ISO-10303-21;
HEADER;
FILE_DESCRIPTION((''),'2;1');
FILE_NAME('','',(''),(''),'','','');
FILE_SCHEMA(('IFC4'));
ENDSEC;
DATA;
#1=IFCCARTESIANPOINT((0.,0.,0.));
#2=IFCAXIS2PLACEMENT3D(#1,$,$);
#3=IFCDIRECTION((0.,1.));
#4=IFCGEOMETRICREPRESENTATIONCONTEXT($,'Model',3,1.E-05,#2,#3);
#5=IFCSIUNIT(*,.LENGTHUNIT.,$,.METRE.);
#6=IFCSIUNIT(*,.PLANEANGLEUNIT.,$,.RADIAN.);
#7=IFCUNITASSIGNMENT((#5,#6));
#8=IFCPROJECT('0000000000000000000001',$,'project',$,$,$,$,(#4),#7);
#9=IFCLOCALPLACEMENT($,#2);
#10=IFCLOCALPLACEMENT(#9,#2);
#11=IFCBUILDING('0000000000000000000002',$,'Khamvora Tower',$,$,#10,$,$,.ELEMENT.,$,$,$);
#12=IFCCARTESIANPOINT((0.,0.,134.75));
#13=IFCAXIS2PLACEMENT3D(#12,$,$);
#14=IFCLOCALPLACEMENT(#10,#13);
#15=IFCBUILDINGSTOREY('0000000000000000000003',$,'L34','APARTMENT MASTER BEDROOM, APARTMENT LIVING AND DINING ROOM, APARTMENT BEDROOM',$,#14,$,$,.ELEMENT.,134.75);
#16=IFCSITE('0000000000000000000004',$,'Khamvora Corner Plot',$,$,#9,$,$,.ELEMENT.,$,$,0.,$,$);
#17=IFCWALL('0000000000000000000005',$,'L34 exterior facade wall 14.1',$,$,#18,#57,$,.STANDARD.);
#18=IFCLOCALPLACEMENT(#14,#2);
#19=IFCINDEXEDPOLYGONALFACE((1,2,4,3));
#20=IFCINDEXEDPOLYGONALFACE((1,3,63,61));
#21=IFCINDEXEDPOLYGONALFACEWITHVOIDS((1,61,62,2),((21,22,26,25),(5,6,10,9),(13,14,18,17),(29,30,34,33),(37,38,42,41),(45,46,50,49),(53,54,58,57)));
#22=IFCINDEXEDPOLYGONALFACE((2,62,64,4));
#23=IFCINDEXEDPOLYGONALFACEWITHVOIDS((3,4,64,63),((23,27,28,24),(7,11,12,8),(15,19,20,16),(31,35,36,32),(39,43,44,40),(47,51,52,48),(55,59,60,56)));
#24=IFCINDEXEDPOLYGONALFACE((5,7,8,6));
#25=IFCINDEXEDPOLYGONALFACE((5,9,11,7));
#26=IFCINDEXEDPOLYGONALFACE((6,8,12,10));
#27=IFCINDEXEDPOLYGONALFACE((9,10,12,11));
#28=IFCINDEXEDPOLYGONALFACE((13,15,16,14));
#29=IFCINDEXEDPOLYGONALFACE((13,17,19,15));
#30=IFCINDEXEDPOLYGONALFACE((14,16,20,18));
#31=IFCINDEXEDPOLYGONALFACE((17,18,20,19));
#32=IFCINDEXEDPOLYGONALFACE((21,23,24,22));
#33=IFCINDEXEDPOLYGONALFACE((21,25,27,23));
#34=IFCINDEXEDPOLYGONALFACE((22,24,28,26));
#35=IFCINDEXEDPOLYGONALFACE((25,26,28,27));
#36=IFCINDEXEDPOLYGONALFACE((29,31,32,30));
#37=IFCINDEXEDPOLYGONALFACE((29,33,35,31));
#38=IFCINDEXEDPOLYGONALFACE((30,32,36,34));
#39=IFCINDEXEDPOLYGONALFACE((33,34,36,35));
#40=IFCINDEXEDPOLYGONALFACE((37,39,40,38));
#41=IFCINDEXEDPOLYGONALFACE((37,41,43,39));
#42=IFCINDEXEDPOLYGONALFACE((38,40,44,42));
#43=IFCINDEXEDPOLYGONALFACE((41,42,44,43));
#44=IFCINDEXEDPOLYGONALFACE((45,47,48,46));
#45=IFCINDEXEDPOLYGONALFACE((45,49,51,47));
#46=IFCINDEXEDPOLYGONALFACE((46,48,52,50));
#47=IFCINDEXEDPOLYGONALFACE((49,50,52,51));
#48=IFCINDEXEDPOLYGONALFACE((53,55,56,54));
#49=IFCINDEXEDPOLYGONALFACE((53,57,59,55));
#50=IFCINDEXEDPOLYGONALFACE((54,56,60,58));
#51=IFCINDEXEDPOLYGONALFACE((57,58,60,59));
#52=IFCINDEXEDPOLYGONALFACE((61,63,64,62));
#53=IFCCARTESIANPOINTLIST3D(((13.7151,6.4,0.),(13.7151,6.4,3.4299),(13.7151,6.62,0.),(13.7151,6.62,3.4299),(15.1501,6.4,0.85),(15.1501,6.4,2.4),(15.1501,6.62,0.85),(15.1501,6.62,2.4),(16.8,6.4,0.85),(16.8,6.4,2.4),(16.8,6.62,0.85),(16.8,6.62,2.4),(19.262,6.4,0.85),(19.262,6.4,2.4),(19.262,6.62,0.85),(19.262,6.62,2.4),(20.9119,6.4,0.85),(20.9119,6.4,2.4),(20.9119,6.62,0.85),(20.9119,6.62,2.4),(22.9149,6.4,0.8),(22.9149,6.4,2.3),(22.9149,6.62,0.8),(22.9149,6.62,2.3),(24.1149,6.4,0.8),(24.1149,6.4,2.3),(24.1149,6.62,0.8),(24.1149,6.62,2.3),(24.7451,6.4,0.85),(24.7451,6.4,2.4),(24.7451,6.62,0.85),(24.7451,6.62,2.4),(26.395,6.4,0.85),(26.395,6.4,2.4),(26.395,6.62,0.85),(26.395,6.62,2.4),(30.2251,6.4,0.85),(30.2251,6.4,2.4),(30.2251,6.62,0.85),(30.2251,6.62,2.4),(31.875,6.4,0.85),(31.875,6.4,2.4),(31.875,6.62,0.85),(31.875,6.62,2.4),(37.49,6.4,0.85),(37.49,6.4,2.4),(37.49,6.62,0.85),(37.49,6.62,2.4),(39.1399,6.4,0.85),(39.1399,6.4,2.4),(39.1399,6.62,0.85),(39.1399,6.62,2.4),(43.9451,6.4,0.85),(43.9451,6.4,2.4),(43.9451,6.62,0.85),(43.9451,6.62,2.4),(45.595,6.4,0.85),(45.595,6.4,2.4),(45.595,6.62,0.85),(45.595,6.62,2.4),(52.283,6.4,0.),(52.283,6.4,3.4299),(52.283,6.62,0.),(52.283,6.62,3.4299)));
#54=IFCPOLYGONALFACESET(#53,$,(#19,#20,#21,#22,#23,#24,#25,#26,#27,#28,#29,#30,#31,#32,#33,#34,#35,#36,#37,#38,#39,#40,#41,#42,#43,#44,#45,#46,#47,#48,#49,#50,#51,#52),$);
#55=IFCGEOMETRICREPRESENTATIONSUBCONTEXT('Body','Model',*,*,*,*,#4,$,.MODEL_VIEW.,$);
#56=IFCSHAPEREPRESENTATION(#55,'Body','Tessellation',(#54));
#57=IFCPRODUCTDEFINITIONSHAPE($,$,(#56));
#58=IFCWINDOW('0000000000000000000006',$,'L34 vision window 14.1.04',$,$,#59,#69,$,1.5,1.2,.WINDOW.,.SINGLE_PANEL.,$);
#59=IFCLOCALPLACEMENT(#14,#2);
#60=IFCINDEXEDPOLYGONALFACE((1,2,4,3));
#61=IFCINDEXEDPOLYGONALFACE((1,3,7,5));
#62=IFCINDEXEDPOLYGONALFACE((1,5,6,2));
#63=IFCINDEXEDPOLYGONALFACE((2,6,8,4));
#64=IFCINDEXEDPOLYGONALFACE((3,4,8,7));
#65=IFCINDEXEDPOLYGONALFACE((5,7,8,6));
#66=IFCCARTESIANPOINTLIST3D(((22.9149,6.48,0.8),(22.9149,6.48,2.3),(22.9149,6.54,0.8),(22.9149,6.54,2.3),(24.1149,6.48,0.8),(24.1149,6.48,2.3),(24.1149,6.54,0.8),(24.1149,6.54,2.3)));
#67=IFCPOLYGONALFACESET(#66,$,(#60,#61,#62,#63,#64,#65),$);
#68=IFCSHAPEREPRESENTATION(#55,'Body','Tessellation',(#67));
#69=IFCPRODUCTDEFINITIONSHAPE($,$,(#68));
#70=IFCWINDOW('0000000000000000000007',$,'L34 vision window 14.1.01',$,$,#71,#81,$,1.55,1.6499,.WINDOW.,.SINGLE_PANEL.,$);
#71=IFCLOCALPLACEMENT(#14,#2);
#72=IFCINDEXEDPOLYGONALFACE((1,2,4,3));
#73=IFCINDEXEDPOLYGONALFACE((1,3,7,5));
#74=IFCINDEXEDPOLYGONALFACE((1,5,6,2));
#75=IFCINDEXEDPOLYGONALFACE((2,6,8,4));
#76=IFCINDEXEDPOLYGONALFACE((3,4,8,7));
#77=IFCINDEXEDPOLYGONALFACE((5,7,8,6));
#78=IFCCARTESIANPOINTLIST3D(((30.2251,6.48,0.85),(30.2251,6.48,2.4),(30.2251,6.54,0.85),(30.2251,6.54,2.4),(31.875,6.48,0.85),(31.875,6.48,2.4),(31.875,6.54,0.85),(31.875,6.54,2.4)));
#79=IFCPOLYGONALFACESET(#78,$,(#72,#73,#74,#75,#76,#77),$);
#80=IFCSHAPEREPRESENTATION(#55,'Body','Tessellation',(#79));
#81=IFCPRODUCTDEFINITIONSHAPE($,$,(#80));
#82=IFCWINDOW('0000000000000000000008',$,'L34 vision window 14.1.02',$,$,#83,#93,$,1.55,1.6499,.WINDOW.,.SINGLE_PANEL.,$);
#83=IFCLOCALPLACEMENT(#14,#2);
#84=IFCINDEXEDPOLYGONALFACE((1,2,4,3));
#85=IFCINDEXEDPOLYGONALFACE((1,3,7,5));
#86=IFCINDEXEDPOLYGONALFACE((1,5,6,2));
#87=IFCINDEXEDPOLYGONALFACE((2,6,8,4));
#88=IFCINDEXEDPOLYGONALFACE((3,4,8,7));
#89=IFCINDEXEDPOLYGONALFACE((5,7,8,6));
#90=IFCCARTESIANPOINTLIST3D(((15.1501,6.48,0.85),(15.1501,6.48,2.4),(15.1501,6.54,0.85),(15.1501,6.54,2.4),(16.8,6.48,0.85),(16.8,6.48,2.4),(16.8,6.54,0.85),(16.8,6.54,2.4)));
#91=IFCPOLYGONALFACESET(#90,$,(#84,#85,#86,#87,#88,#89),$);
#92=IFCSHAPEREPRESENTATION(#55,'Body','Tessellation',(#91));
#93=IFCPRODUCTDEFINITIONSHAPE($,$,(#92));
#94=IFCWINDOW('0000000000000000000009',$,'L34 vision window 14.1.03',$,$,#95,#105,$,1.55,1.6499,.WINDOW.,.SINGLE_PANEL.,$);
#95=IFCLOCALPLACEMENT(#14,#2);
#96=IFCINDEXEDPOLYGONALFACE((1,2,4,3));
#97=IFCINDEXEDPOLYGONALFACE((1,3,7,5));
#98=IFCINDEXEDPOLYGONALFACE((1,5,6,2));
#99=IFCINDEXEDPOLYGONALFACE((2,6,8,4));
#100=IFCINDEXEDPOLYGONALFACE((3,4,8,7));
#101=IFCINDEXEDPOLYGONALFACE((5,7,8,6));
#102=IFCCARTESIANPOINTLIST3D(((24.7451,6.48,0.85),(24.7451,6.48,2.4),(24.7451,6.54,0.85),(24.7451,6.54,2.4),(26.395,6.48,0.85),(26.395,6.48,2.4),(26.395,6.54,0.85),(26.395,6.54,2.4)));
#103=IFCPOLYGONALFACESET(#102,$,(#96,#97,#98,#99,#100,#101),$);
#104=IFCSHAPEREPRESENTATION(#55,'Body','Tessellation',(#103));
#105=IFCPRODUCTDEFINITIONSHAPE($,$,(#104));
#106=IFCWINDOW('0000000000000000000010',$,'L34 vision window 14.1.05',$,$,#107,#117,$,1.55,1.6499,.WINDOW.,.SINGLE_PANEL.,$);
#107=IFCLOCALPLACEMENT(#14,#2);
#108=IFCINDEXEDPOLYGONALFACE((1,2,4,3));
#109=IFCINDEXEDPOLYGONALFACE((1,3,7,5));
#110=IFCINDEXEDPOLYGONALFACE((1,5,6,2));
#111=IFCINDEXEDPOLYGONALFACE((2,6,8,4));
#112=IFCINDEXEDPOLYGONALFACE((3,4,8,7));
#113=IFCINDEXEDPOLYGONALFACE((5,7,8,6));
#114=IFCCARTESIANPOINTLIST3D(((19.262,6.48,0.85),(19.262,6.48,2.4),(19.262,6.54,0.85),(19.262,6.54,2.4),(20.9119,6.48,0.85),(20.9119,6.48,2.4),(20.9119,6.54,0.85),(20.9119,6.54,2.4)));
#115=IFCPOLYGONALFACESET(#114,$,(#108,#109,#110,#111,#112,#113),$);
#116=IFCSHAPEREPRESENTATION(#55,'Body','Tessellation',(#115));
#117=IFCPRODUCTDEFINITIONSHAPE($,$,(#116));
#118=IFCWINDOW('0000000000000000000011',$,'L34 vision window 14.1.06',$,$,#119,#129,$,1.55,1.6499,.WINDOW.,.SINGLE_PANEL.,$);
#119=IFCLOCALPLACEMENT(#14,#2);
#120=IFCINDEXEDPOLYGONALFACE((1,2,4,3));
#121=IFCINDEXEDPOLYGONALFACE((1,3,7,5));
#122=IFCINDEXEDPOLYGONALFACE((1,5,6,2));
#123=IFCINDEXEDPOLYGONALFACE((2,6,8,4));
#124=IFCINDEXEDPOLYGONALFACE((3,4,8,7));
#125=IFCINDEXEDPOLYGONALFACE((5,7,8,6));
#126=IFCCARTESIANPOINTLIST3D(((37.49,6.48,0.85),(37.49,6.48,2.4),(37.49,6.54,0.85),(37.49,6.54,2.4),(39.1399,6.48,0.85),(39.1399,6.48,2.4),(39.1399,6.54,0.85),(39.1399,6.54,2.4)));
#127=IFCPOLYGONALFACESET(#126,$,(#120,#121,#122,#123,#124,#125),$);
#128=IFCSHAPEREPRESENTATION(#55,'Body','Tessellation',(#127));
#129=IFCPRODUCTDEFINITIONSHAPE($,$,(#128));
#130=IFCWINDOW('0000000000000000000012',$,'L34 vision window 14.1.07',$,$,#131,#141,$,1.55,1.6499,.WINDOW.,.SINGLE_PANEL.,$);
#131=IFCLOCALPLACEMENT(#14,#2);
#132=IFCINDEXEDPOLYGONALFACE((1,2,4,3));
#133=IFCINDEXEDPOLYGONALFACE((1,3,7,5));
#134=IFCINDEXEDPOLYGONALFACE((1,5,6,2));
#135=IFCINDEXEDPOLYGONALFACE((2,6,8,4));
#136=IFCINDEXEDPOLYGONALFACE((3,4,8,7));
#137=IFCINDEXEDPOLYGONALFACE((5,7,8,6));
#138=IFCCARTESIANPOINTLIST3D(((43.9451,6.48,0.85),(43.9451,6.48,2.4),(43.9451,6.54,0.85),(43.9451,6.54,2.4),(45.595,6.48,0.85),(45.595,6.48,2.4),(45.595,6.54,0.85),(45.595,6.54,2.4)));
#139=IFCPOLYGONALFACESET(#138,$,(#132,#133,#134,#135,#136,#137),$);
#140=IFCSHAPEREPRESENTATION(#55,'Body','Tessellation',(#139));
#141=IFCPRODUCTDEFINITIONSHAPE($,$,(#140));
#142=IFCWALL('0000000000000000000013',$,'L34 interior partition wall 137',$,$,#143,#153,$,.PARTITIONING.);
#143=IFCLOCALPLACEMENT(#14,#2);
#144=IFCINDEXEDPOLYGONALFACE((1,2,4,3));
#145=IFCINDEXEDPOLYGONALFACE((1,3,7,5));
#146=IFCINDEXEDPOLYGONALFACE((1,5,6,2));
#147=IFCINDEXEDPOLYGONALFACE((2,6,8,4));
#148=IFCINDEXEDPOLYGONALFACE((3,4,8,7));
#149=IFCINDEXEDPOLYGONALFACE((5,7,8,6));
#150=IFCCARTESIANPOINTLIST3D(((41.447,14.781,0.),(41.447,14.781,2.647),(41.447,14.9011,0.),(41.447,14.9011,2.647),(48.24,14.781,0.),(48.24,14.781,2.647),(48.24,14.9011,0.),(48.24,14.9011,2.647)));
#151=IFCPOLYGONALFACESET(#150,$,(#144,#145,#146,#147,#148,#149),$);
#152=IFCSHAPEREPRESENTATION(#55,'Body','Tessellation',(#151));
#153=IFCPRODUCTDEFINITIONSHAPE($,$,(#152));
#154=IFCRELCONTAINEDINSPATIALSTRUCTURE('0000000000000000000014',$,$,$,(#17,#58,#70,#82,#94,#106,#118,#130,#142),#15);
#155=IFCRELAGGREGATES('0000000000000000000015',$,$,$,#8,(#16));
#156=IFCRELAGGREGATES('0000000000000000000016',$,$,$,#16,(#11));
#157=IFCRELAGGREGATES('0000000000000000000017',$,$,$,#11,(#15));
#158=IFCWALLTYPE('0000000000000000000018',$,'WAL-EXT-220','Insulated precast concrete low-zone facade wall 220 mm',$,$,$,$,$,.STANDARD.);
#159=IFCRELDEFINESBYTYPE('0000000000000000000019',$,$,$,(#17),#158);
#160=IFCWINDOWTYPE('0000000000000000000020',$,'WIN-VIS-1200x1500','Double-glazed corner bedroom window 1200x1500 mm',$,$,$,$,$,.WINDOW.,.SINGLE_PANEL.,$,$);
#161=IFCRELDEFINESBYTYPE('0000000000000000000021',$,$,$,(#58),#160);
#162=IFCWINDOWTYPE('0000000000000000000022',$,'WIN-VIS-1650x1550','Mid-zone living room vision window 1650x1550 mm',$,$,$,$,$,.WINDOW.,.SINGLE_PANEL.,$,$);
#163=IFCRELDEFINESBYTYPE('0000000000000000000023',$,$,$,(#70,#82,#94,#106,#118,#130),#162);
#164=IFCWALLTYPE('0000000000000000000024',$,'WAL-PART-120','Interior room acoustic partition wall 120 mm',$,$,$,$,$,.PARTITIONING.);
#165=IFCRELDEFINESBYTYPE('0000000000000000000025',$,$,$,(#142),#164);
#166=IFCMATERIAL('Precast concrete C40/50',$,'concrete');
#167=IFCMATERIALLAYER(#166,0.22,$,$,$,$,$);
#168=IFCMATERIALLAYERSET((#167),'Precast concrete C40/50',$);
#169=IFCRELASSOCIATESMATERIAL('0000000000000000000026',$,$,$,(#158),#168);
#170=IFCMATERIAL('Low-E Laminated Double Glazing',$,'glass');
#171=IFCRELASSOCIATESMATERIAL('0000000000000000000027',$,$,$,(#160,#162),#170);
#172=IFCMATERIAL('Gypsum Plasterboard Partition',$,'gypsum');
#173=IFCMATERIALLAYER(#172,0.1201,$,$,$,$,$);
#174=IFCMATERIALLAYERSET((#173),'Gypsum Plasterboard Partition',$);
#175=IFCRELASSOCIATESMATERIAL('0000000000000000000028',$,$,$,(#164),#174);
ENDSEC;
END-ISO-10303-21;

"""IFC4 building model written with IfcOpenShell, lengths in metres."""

from ifc_helpers import new_model, si_unit, direction, frame, frame_2d, origin, place, context, subcontext, project, spatial, rectangle, extrude, material, layer, layer_set, type_object, element, fill, save


model = new_model("IFC4")

# Units and contexts
model_context = context("Model", 3, precision=1e-05, world=origin(), true_north=direction((0.0, 1.0)))
body_context = subcontext(model_context, "Body", "Model", "MODEL_VIEW")
ifc_project = project(units=[si_unit("LENGTHUNIT", "METRE"), si_unit("PLANEANGLEUNIT", "RADIAN")], contexts=[model_context])

# Site, building, storey
site_placement = place(None, origin())
site = spatial("IfcSite", under=ifc_project, at=site_placement, Name="Khamvora Corner Plot", CompositionType="ELEMENT", RefElevation=0.0)
building_placement = place(site_placement, origin())
building = spatial("IfcBuilding", under=site, at=building_placement, Name="Khamvora Tower", CompositionType="ELEMENT")
storey_placement = place(building_placement, frame((0.0, 0.0, 134.75)))
storey = spatial("IfcBuildingStorey", under=building, at=storey_placement, Name="L34", Description="APARTMENT MASTER BEDROOM, APARTMENT LIVING AND DINING ROOM, APARTMENT BEDROOM", CompositionType="ELEMENT", Elevation=134.75)

# Shared definitions
ifc_material_1 = material(Name="Precast concrete C40/50", Category="concrete")
ifc_layer_1 = layer(ifc_material_1, 0.22)
ifc_layer_set_1 = layer_set([ifc_layer_1], Name="Precast concrete C40/50")
wall_type_1 = type_object("IfcWallType", Name="WAL-EXT-220", Description="Insulated precast concrete low-zone facade wall 220 mm", PredefinedType="STANDARD", material=ifc_layer_set_1)

# Wall, openings, windows
wall_1_placement = place(storey_placement, frame((52.283, 6.51, 0.0), z_axis=(0.0, 0.0, 1.0), x_axis=(-1.0, 0.0, 0.0)))
wall_1 = element("IfcWall", 1, at=wall_1_placement, inside=storey, type_object=wall_type_1, Name="L34 exterior facade wall 14.1", PredefinedType="STANDARD", context=body_context, shape_type="SweptSolid", body=[
    extrude(rectangle(XDim=38.5679, YDim=0.22, at=frame_2d((19.2839, 0.0))), origin(), (0.0, 0.0, 1.0), 3.4299),
])
opening_1_placement = place(wall_1_placement, frame((20.408, 0.0, 0.8501)))
opening_1 = element("IfcOpeningElement", 2, at=opening_1_placement, cuts=wall_1, PredefinedType="OPENING", context=body_context, shape_type="SweptSolid", body=[
    extrude(rectangle(XDim=1.6499, YDim=1.55, at=frame_2d((0.825, 0.7749))), frame((0.0, 0.1199, 0.0), z_axis=(0.0, -1.0, 0.0), x_axis=(1.0, 0.0, 0.0)), (0.0, 0.0, 1.0), 0.24),
])
opening_2_placement = place(wall_1_placement, frame((35.4829, 0.0, 0.8501)))
opening_2 = element("IfcOpeningElement", 3, at=opening_2_placement, cuts=wall_1, PredefinedType="OPENING", context=body_context, shape_type="SweptSolid", body=[
    extrude(rectangle(XDim=1.6499, YDim=1.55, at=frame_2d((0.825, 0.7749))), frame((0.0, 0.1199, 0.0), z_axis=(0.0, -1.0, 0.0), x_axis=(1.0, 0.0, 0.0)), (0.0, 0.0, 1.0), 0.24),
])
opening_3_placement = place(wall_1_placement, frame((25.8879, 0.0, 0.8501)))
opening_3 = element("IfcOpeningElement", 4, at=opening_3_placement, cuts=wall_1, PredefinedType="OPENING", context=body_context, shape_type="SweptSolid", body=[
    extrude(rectangle(XDim=1.6499, YDim=1.55, at=frame_2d((0.825, 0.7749))), frame((0.0, 0.1199, 0.0), z_axis=(0.0, -1.0, 0.0), x_axis=(1.0, 0.0, 0.0)), (0.0, 0.0, 1.0), 0.24),
])
opening_4_placement = place(wall_1_placement, frame((28.168, 0.0, 0.8)))
opening_4 = element("IfcOpeningElement", 5, at=opening_4_placement, cuts=wall_1, PredefinedType="OPENING", context=body_context, shape_type="SweptSolid", body=[
    extrude(rectangle(XDim=1.2, YDim=1.5, at=frame_2d((0.6001, 0.75))), frame((0.0, 0.1199, 0.0), z_axis=(0.0, -1.0, 0.0), x_axis=(1.0, 0.0, 0.0)), (0.0, 0.0, 1.0), 0.24),
])
opening_5_placement = place(wall_1_placement, frame((31.3711, 0.0, 0.8501)))
opening_5 = element("IfcOpeningElement", 6, at=opening_5_placement, cuts=wall_1, PredefinedType="OPENING", context=body_context, shape_type="SweptSolid", body=[
    extrude(rectangle(XDim=1.6499, YDim=1.55, at=frame_2d((0.825, 0.7749))), frame((0.0, 0.1199, 0.0), z_axis=(0.0, -1.0, 0.0), x_axis=(1.0, 0.0, 0.0)), (0.0, 0.0, 1.0), 0.24),
])
opening_6_placement = place(wall_1_placement, frame((13.1431, 0.0, 0.8501)))
opening_6 = element("IfcOpeningElement", 7, at=opening_6_placement, cuts=wall_1, PredefinedType="OPENING", context=body_context, shape_type="SweptSolid", body=[
    extrude(rectangle(XDim=1.6499, YDim=1.55, at=frame_2d((0.825, 0.7749))), frame((0.0, 0.1199, 0.0), z_axis=(0.0, -1.0, 0.0), x_axis=(1.0, 0.0, 0.0)), (0.0, 0.0, 1.0), 0.24),
])
opening_7_placement = place(wall_1_placement, frame((6.688, 0.0, 0.8501)))
opening_7 = element("IfcOpeningElement", 8, at=opening_7_placement, cuts=wall_1, PredefinedType="OPENING", context=body_context, shape_type="SweptSolid", body=[
    extrude(rectangle(XDim=1.6499, YDim=1.55, at=frame_2d((0.825, 0.7749))), frame((0.0, 0.1199, 0.0), z_axis=(0.0, -1.0, 0.0), x_axis=(1.0, 0.0, 0.0)), (0.0, 0.0, 1.0), 0.24),
])
ifc_material_2 = material(Name="Low-E Laminated Double Glazing", Category="glass")
window_type_1 = type_object("IfcWindowType", Name="WIN-VIS-1200x1500", Description="Double-glazed corner bedroom window 1200x1500 mm", PartitioningType="SINGLE_PANEL", PredefinedType="WINDOW", material=ifc_material_2)
window_1_placement = place(opening_4_placement, origin())
window_1 = element("IfcWindow", 9, at=window_1_placement, inside=storey, type_object=window_type_1, Name="L34 vision window 14.1.04", OverallHeight=1.5, OverallWidth=1.2, PartitioningType="SINGLE_PANEL", PredefinedType="WINDOW", context=body_context, shape_type="SweptSolid", body=[
    extrude(rectangle(XDim=1.2, YDim=1.5, at=frame_2d((0.6001, 0.75))), frame((0.0, 0.03, 0.0), z_axis=(0.0, -1.0, 0.0), x_axis=(1.0, 0.0, 0.0)), (0.0, 0.0, 1.0), 0.0601),
])
fill(opening_4, window_1)
window_type_2 = type_object("IfcWindowType", Name="WIN-VIS-1650x1550", Description="Mid-zone living room vision window 1650x1550 mm", PartitioningType="SINGLE_PANEL", PredefinedType="WINDOW", material=ifc_material_2)
window_2_placement = place(opening_1_placement, origin())
window_2 = element("IfcWindow", 10, at=window_2_placement, inside=storey, type_object=window_type_2, Name="L34 vision window 14.1.01", OverallHeight=1.55, OverallWidth=1.6499, PartitioningType="SINGLE_PANEL", PredefinedType="WINDOW", context=body_context, shape_type="SweptSolid", body=[
    extrude(rectangle(XDim=1.6499, YDim=1.55, at=frame_2d((0.825, 0.7749))), frame((0.0, 0.03, 0.0), z_axis=(0.0, -1.0, 0.0), x_axis=(1.0, 0.0, 0.0)), (0.0, 0.0, 1.0), 0.0601),
])
fill(opening_1, window_2)
window_3_placement = place(opening_2_placement, origin())
window_3 = element("IfcWindow", 11, at=window_3_placement, inside=storey, type_object=window_type_2, Name="L34 vision window 14.1.02", OverallHeight=1.55, OverallWidth=1.6499, PartitioningType="SINGLE_PANEL", PredefinedType="WINDOW", context=body_context, shape_type="SweptSolid", body=[
    extrude(rectangle(XDim=1.6499, YDim=1.55, at=frame_2d((0.825, 0.7749))), frame((0.0, 0.03, 0.0), z_axis=(0.0, -1.0, 0.0), x_axis=(1.0, 0.0, 0.0)), (0.0, 0.0, 1.0), 0.0601),
])
fill(opening_2, window_3)
window_4_placement = place(opening_3_placement, origin())
window_4 = element("IfcWindow", 12, at=window_4_placement, inside=storey, type_object=window_type_2, Name="L34 vision window 14.1.03", OverallHeight=1.55, OverallWidth=1.6499, PartitioningType="SINGLE_PANEL", PredefinedType="WINDOW", context=body_context, shape_type="SweptSolid", body=[
    extrude(rectangle(XDim=1.6499, YDim=1.55, at=frame_2d((0.825, 0.7749))), frame((0.0, 0.03, 0.0), z_axis=(0.0, -1.0, 0.0), x_axis=(1.0, 0.0, 0.0)), (0.0, 0.0, 1.0), 0.0601),
])
fill(opening_3, window_4)
window_5_placement = place(opening_5_placement, origin())
window_5 = element("IfcWindow", 13, at=window_5_placement, inside=storey, type_object=window_type_2, Name="L34 vision window 14.1.05", OverallHeight=1.55, OverallWidth=1.6499, PartitioningType="SINGLE_PANEL", PredefinedType="WINDOW", context=body_context, shape_type="SweptSolid", body=[
    extrude(rectangle(XDim=1.6499, YDim=1.55, at=frame_2d((0.825, 0.7749))), frame((0.0, 0.03, 0.0), z_axis=(0.0, -1.0, 0.0), x_axis=(1.0, 0.0, 0.0)), (0.0, 0.0, 1.0), 0.0601),
])
fill(opening_5, window_5)
window_6_placement = place(opening_6_placement, origin())
window_6 = element("IfcWindow", 14, at=window_6_placement, inside=storey, type_object=window_type_2, Name="L34 vision window 14.1.06", OverallHeight=1.55, OverallWidth=1.6499, PartitioningType="SINGLE_PANEL", PredefinedType="WINDOW", context=body_context, shape_type="SweptSolid", body=[
    extrude(rectangle(XDim=1.6499, YDim=1.55, at=frame_2d((0.825, 0.7749))), frame((0.0, 0.03, 0.0), z_axis=(0.0, -1.0, 0.0), x_axis=(1.0, 0.0, 0.0)), (0.0, 0.0, 1.0), 0.0601),
])
fill(opening_6, window_6)
window_7_placement = place(opening_7_placement, origin())
window_7 = element("IfcWindow", 15, at=window_7_placement, inside=storey, type_object=window_type_2, Name="L34 vision window 14.1.07", OverallHeight=1.55, OverallWidth=1.6499, PartitioningType="SINGLE_PANEL", PredefinedType="WINDOW", context=body_context, shape_type="SweptSolid", body=[
    extrude(rectangle(XDim=1.6499, YDim=1.55, at=frame_2d((0.825, 0.7749))), frame((0.0, 0.03, 0.0), z_axis=(0.0, -1.0, 0.0), x_axis=(1.0, 0.0, 0.0)), (0.0, 0.0, 1.0), 0.0601),
])
fill(opening_7, window_7)

# Wall
ifc_material_3 = material(Name="Gypsum Plasterboard Partition", Category="gypsum")
ifc_layer_2 = layer(ifc_material_3, 0.1201)
ifc_layer_set_2 = layer_set([ifc_layer_2], Name="Gypsum Plasterboard Partition")
wall_type_2 = type_object("IfcWallType", Name="WAL-PART-120", Description="Interior room acoustic partition wall 120 mm", PredefinedType="PARTITIONING", material=ifc_layer_set_2)
wall_2_placement = place(storey_placement, frame((48.24, 14.8411, 0.0), z_axis=(0.0, 0.0, 1.0), x_axis=(-1.0, 0.0, 0.0)))
element("IfcWall", 16, at=wall_2_placement, inside=storey, type_object=wall_type_2, Name="L34 interior partition wall 137", PredefinedType="PARTITIONING", context=body_context, shape_type="SweptSolid", body=[
    extrude(rectangle(XDim=6.793, YDim=0.1201, at=frame_2d((3.3965, 0.0))), origin(), (0.0, 0.0, 1.0), 2.647),
])

save(model, "model.ifc")
